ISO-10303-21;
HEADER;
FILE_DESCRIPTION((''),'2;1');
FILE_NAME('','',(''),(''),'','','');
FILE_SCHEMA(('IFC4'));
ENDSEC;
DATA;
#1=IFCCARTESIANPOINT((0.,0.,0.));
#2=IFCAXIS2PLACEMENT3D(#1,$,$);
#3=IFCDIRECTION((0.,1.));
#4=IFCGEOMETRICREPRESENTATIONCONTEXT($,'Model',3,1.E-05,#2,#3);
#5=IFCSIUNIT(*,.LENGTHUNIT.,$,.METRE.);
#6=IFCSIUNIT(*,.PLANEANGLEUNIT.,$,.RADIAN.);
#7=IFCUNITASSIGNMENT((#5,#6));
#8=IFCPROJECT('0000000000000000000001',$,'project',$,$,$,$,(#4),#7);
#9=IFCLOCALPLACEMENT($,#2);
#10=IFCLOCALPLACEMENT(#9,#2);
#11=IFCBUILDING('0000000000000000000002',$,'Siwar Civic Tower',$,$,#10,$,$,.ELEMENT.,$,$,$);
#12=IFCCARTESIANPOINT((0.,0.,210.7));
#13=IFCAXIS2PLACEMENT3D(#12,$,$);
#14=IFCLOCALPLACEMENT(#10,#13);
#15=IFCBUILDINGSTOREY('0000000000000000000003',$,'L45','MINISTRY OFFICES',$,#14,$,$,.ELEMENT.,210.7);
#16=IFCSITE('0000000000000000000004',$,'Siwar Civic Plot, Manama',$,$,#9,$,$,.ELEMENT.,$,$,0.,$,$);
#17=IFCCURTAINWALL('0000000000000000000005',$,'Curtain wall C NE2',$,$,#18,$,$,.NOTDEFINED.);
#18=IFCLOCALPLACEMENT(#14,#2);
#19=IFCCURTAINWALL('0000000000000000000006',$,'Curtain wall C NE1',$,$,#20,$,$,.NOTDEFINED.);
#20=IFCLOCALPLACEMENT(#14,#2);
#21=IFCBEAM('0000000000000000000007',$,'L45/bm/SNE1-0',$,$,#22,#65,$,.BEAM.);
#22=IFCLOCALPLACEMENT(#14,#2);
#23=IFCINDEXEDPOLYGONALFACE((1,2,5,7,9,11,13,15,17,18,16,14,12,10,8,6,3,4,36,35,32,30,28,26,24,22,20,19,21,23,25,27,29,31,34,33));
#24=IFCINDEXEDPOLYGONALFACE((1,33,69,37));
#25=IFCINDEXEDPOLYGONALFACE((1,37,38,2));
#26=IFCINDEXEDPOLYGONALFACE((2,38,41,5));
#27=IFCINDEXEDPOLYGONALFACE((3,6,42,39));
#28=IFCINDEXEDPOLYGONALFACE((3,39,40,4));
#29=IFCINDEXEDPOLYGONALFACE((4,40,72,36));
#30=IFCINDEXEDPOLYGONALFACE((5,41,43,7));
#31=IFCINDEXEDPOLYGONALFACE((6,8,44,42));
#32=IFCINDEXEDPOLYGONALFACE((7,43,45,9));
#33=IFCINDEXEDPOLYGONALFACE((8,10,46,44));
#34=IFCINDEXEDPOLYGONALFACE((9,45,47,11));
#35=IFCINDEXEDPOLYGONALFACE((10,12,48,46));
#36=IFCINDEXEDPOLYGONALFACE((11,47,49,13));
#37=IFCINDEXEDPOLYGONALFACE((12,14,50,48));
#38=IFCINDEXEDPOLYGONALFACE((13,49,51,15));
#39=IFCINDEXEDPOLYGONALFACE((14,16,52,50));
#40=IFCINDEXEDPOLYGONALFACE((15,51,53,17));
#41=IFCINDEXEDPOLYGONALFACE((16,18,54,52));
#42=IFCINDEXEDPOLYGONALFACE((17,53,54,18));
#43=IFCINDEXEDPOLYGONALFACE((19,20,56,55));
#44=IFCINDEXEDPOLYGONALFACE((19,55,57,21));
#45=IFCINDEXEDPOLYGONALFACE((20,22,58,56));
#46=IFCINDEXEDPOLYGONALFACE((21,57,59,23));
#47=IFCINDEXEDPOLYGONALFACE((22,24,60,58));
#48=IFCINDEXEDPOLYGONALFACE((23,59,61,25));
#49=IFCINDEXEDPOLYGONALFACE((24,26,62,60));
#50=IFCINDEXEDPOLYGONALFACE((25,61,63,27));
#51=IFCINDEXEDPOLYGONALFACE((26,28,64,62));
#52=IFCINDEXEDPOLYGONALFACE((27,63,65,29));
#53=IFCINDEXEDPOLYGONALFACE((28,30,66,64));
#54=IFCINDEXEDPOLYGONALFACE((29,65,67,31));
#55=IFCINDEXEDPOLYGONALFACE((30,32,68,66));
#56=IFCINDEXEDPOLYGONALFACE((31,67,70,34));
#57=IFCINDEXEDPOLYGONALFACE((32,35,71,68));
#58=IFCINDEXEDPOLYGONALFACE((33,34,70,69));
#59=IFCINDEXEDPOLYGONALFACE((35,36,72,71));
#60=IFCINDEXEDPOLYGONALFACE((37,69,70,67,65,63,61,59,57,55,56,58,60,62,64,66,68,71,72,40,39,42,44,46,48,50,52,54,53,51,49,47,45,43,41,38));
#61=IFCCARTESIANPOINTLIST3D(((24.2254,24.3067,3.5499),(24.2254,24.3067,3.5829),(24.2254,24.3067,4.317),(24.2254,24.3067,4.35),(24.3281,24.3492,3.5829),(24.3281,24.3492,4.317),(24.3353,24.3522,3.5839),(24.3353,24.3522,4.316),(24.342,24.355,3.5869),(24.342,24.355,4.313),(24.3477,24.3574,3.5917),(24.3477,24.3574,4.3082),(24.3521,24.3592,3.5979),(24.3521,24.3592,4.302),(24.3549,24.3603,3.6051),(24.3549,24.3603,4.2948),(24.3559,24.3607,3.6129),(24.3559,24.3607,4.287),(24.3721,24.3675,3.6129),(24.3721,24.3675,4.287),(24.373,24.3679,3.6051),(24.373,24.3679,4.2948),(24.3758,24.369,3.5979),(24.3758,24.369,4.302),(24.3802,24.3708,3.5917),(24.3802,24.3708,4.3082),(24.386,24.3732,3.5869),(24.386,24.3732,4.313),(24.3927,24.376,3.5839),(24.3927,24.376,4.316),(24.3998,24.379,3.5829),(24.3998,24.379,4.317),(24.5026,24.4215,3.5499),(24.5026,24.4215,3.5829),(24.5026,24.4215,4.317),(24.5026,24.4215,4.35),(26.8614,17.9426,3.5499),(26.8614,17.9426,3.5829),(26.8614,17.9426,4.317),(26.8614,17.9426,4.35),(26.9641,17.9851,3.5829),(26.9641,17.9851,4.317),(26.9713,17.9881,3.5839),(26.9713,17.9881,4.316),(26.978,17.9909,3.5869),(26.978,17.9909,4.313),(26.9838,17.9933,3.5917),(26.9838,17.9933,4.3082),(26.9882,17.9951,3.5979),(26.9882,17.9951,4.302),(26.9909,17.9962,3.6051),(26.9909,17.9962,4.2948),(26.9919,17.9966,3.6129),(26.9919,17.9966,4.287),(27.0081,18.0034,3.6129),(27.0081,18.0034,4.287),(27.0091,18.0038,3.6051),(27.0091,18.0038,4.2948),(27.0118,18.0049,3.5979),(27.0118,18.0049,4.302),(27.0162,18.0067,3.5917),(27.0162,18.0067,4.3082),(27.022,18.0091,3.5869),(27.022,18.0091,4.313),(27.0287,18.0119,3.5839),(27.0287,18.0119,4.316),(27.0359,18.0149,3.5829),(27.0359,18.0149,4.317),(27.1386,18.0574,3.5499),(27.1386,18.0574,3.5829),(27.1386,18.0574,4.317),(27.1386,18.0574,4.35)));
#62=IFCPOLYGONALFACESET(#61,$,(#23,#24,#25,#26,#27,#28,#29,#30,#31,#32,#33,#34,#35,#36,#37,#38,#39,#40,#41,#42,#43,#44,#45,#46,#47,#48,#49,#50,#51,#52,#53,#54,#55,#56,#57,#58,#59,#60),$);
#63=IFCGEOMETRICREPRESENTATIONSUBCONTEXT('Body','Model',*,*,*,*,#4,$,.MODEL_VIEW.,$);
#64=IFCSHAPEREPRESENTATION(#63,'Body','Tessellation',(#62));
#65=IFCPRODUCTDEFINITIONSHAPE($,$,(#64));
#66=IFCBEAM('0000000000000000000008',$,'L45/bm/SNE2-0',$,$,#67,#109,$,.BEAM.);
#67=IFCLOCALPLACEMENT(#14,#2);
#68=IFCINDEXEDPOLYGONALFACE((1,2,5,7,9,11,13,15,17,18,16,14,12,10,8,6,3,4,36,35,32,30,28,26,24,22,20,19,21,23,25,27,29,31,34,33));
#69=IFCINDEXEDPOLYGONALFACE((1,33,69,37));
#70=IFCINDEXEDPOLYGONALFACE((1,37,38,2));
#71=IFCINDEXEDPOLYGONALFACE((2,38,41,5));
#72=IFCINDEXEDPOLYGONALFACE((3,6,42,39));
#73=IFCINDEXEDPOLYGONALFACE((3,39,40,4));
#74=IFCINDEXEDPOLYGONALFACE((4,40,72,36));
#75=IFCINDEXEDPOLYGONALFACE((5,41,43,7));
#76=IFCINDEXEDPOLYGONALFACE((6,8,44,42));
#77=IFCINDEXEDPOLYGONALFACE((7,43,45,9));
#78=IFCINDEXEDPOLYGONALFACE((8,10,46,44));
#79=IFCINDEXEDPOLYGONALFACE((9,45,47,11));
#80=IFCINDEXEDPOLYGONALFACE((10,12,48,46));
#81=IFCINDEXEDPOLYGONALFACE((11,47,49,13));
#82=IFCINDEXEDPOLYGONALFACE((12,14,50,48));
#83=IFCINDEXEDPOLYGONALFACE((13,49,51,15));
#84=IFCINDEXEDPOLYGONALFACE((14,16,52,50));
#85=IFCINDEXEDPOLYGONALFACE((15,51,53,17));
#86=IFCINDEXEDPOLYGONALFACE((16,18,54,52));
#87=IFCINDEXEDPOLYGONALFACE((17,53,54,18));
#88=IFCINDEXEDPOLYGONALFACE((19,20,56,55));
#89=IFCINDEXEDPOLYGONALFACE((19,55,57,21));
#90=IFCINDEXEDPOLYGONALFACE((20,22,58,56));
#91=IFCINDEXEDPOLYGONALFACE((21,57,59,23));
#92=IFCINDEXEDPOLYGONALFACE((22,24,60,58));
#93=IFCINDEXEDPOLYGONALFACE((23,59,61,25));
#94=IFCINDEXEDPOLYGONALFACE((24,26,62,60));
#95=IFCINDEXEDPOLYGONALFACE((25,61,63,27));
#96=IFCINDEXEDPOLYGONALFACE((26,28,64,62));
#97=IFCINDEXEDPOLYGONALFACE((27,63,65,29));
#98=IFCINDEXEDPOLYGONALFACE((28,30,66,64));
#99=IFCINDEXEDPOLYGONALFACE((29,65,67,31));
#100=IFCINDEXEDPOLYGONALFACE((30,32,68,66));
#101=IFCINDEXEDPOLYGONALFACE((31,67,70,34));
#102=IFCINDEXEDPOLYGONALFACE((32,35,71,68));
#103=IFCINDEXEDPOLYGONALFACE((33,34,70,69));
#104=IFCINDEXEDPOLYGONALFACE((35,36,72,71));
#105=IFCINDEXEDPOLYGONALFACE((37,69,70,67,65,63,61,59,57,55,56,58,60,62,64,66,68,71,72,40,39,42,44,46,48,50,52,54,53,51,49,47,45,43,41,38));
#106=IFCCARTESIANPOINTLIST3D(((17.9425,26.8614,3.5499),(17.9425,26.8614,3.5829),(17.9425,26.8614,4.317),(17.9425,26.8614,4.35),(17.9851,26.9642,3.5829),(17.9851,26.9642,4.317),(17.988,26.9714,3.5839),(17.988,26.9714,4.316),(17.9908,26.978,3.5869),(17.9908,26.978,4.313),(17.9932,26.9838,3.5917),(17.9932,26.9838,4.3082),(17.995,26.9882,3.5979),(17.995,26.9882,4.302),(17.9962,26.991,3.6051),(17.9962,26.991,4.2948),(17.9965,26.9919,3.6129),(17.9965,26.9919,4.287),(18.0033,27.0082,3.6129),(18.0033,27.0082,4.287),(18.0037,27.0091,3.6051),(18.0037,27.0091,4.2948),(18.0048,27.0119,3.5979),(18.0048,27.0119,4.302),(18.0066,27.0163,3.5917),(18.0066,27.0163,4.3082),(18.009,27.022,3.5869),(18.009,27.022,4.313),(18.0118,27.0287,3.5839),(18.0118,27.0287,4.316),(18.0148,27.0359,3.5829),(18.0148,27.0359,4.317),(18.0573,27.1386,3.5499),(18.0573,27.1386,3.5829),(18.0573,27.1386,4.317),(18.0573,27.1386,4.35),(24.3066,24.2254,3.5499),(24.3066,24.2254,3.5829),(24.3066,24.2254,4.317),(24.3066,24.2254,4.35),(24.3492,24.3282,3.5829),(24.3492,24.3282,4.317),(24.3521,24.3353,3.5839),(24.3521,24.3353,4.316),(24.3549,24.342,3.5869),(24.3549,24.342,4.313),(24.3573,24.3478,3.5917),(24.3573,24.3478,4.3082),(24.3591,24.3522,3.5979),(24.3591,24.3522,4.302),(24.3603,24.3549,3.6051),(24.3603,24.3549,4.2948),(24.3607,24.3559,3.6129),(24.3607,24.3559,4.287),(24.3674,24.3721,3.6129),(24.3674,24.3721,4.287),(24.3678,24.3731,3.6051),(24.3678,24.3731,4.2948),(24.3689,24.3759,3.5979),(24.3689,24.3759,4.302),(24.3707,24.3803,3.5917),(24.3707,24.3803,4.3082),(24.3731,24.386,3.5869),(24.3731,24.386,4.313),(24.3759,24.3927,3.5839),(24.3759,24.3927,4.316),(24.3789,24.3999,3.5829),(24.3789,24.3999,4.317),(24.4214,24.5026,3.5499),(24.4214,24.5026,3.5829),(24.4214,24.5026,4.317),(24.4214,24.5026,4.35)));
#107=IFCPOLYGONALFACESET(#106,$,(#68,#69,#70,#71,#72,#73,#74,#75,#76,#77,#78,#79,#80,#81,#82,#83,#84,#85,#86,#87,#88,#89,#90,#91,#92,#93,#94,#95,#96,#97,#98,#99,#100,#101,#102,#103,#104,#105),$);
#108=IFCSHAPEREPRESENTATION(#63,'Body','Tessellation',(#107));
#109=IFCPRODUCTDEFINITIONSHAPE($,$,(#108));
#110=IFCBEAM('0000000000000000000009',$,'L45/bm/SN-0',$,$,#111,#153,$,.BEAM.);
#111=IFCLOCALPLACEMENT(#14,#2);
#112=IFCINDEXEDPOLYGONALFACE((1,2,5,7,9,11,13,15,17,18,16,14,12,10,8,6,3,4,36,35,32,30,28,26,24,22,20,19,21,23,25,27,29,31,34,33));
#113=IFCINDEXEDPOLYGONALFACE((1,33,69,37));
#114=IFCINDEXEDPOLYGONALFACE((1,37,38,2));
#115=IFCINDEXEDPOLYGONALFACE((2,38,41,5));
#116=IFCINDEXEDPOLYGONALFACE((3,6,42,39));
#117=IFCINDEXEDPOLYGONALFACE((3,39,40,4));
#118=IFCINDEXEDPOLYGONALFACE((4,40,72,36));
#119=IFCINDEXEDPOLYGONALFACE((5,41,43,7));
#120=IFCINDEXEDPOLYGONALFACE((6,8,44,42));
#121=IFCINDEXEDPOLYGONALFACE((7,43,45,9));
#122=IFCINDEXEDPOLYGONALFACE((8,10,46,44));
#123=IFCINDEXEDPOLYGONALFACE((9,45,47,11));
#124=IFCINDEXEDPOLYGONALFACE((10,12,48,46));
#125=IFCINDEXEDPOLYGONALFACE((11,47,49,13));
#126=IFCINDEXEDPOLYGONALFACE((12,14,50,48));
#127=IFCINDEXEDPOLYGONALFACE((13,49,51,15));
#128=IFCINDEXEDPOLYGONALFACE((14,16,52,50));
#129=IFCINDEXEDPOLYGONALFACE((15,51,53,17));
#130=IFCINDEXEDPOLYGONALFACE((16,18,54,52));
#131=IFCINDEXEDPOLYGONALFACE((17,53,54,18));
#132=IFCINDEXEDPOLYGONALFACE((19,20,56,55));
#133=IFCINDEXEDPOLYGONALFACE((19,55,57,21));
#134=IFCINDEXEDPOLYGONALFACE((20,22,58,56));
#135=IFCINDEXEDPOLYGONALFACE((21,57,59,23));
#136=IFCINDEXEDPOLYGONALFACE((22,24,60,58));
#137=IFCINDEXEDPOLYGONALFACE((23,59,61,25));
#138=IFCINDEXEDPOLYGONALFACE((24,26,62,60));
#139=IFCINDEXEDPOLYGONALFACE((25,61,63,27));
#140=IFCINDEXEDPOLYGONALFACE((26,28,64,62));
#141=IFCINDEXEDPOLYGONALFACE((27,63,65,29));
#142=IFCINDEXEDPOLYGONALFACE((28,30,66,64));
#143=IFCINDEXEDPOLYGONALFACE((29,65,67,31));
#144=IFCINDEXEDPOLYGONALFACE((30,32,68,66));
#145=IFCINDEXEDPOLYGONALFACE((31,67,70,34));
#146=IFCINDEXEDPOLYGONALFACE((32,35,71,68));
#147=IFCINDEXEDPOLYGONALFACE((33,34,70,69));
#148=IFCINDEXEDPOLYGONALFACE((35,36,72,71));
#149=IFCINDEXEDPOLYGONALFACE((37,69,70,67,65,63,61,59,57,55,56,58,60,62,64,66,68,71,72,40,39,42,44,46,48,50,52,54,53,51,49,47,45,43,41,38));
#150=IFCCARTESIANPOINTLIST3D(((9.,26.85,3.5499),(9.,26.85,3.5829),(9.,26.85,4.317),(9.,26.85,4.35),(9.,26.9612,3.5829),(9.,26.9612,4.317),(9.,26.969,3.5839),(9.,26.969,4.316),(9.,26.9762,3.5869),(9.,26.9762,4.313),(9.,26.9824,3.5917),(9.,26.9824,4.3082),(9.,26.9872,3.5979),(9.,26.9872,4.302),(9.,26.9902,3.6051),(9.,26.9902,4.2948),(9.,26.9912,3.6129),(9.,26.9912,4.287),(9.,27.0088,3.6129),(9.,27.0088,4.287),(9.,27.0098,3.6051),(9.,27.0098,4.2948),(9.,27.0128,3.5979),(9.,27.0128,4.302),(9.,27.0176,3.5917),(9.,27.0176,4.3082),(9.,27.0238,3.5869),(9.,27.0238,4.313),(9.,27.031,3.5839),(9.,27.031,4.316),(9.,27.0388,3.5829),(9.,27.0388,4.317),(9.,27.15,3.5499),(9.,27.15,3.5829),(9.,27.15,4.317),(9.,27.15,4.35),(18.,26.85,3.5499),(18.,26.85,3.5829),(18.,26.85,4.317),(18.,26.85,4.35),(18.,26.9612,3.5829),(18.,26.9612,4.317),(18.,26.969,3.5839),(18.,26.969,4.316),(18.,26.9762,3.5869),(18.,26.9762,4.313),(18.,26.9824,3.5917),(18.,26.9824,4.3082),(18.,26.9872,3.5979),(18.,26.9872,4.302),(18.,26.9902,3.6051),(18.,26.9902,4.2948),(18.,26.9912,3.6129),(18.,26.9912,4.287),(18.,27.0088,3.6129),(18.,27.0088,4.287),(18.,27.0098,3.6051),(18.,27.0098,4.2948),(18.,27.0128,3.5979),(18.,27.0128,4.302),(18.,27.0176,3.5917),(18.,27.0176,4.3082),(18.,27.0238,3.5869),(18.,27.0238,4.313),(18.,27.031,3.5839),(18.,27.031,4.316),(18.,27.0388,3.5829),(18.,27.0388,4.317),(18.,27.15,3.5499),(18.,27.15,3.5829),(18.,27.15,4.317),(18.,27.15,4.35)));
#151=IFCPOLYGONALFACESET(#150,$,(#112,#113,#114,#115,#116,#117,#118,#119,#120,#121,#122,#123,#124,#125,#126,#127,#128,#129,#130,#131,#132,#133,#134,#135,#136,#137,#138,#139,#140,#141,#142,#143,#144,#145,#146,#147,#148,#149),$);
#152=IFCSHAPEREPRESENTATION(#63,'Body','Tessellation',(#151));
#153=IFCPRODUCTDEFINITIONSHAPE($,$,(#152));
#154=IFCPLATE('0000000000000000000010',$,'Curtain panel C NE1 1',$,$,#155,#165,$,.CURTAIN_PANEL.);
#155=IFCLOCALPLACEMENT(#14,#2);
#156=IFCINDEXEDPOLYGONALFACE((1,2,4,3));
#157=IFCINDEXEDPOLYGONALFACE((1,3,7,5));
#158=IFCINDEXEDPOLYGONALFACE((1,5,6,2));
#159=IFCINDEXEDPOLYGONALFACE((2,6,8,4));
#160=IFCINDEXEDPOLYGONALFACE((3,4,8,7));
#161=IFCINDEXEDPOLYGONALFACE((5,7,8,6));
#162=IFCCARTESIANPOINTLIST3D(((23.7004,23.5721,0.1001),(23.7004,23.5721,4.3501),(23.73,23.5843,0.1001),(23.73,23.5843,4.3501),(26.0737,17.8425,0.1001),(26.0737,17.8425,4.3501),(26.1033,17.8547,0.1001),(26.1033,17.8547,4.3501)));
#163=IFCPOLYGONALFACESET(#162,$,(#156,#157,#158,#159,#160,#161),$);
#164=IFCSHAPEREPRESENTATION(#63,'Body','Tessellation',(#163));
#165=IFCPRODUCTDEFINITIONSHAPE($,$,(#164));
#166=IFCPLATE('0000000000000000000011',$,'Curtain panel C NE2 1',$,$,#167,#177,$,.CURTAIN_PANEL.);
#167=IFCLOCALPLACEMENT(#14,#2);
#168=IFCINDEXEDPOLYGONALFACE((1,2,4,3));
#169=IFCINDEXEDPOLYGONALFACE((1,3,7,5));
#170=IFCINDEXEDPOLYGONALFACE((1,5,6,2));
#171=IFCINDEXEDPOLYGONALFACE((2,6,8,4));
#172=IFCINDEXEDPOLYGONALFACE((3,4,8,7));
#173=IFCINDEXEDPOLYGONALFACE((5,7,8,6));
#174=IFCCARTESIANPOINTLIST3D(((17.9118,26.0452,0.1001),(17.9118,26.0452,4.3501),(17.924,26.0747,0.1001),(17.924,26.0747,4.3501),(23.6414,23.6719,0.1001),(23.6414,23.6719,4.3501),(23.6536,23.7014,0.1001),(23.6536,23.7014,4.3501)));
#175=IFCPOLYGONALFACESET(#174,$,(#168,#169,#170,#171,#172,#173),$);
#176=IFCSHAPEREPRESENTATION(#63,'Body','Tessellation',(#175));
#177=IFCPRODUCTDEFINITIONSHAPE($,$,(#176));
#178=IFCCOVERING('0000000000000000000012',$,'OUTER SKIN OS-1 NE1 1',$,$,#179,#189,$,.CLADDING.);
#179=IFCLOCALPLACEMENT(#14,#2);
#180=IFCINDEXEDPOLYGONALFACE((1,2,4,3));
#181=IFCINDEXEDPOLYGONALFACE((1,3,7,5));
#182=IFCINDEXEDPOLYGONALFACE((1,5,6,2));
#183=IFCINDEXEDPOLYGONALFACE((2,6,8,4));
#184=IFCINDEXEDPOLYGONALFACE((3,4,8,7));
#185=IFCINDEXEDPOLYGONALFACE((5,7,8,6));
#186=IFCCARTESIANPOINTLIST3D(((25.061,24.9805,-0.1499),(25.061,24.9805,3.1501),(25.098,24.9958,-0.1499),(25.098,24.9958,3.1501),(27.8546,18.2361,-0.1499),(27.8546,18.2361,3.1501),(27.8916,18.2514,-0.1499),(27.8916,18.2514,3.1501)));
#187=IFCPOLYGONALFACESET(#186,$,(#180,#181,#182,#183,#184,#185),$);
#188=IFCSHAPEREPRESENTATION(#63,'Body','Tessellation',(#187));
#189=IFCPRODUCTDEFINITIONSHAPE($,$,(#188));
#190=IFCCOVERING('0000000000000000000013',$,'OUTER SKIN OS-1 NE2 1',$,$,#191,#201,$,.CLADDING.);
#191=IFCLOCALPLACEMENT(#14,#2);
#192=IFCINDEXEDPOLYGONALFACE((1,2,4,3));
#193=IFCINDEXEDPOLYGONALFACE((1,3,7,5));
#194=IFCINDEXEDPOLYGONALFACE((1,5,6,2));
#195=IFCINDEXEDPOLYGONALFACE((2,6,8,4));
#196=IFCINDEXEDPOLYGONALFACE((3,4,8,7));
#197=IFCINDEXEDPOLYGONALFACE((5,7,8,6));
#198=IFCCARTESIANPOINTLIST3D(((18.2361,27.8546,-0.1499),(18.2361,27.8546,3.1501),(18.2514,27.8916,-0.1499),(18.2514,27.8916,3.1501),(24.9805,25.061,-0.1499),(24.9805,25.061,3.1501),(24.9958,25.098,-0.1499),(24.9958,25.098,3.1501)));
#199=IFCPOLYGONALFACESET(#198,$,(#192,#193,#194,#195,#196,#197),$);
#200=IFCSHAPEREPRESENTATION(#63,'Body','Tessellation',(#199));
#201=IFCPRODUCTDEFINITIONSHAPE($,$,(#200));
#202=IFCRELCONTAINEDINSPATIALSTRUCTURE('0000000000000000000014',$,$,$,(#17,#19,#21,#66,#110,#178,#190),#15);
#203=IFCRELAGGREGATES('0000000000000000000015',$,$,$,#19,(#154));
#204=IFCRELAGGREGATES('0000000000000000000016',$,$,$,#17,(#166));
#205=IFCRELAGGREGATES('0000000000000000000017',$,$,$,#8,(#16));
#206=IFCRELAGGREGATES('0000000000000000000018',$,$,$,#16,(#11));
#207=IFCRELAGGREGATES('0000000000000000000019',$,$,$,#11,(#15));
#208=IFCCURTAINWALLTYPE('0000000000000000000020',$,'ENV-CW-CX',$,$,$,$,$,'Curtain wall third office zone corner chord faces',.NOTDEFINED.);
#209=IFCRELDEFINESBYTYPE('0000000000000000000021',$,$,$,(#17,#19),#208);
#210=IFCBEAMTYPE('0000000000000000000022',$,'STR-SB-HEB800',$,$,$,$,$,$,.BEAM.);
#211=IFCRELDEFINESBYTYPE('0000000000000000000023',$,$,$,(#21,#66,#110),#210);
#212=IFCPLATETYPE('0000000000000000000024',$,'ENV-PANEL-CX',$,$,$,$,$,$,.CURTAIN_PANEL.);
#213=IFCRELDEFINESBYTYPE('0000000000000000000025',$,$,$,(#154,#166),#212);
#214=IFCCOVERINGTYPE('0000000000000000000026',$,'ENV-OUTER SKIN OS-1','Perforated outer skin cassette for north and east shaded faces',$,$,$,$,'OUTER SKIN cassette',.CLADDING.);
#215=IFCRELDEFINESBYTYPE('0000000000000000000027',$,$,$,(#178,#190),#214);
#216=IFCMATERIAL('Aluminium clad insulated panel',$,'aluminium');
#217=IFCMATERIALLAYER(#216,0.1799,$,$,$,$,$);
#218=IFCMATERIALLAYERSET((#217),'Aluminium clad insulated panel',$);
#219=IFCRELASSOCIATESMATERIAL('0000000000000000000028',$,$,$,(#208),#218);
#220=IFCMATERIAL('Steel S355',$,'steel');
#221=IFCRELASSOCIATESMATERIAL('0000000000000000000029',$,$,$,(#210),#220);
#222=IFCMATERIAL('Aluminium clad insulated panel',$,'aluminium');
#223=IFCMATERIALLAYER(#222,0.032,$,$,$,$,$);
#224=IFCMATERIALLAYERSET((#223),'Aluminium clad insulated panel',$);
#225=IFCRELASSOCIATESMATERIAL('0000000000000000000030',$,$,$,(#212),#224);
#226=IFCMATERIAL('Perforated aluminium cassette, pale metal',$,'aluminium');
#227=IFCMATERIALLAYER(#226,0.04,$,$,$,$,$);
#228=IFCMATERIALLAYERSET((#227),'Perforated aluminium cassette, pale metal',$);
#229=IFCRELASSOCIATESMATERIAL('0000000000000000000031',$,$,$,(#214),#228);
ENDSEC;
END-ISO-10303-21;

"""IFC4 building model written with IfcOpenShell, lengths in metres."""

from ifc_helpers import new_model, si_unit, direction, frame, origin, origin_2d, place, context, subcontext, project, spatial, rectangle, i_section, extrude, material, layer, layer_set, material_profile, profile_set, type_object, element, aggregate, save


model = new_model("IFC4")

# Units and contexts
model_context = context("Model", 3, precision=1e-05, world=origin(), true_north=direction((0.0, 1.0)))
body_context = subcontext(model_context, "Body", "Model", "MODEL_VIEW")
ifc_project = project(units=[si_unit("LENGTHUNIT", "METRE"), si_unit("PLANEANGLEUNIT", "RADIAN")], contexts=[model_context])

# Site, building, storey
site_placement = place(None, origin())
site = spatial("IfcSite", under=ifc_project, at=site_placement, Name="Siwar Civic Plot, Manama", CompositionType="ELEMENT", RefElevation=0.0)
building_placement = place(site_placement, origin())
building = spatial("IfcBuilding", under=site, at=building_placement, Name="Siwar Civic Tower", CompositionType="ELEMENT")
storey_placement = place(building_placement, frame((0.0, 0.0, 210.7)))
storey = spatial("IfcBuildingStorey", under=building, at=storey_placement, Name="L45", Description="MINISTRY OFFICES", CompositionType="ELEMENT", Elevation=210.7)

# Curtain walls
ifc_material_1 = material(Name="Aluminium clad insulated panel", Category="aluminium")
ifc_layer_1 = layer(ifc_material_1, 0.1799)
ifc_layer_set_1 = layer_set([ifc_layer_1], Name="Aluminium clad insulated panel")
curtain_wall_type_1 = type_object("IfcCurtainWallType", Name="ENV-CW-CX", ElementType="Curtain wall third office zone corner chord faces", PredefinedType="NOTDEFINED", material=ifc_layer_set_1)
curtain_wall_1_placement = place(storey_placement, origin())
curtain_wall_1 = element("IfcCurtainWall", 1, at=curtain_wall_1_placement, inside=storey, type_object=curtain_wall_type_1, Name="Curtain wall C NE2", PredefinedType="NOTDEFINED")
curtain_wall_2_placement = place(storey_placement, origin())
curtain_wall_2 = element("IfcCurtainWall", 2, at=curtain_wall_2_placement, inside=storey, type_object=curtain_wall_type_1, Name="Curtain wall C NE1", PredefinedType="NOTDEFINED")

# Beams
ifc_material_2 = material(Name="Steel S355", Category="steel")
ifc_material_profile_1 = material_profile(ifc_material_2, i_section(OverallWidth=0.3, OverallDepth=0.8, WebThickness=0.0176, FlangeThickness=0.033, FilletRadius=0.03, at=origin_2d()), Name="HEB800")
ifc_profile_set_1 = profile_set([ifc_material_profile_1], Name="Steel S355")
beam_type_1 = type_object("IfcBeamType", Name="STR-SB-HEB800", PredefinedType="BEAM", material=ifc_profile_set_1)
for number, where, z_axis, x_axis, name in (
    (3, (27.0, 18.0, 3.95), (-0.382674, 0.923883, 0.0), (-0.923883, -0.382674, 0.0), "L45/bm/SNE1-0"),
    (4, (24.364, 24.364, 3.95), (-0.923883, 0.382674, 0.0), (-0.382674, -0.923883, 0.0), "L45/bm/SNE2-0"),
):
    element("IfcBeam", number, at=place(storey_placement, frame(where, z_axis=z_axis, x_axis=x_axis)), inside=storey, type_object=beam_type_1, Name=name, PredefinedType="BEAM", context=body_context, shape_type="SweptSolid", body=[
        extrude(i_section(OverallWidth=0.3, OverallDepth=0.8, WebThickness=0.0176, FlangeThickness=0.033, FilletRadius=0.03, at=origin_2d()), origin(), (0.0, 0.0, 1.0), 6.8884),
    ])
beam_1_placement = place(storey_placement, frame((18.0, 27.0, 3.95), z_axis=(-1.0, 0.0, 0.0), x_axis=(0.0, -1.0, 0.0)))
element("IfcBeam", 5, at=beam_1_placement, inside=storey, type_object=beam_type_1, Name="L45/bm/SN-0", PredefinedType="BEAM", context=body_context, shape_type="SweptSolid", body=[
    extrude(i_section(OverallWidth=0.3, OverallDepth=0.8, WebThickness=0.0176, FlangeThickness=0.033, FilletRadius=0.03, at=origin_2d()), origin(), (0.0, 0.0, 1.0), 9.0),
])

# Plates
ifc_material_3 = material(Name="Aluminium clad insulated panel", Category="aluminium")
ifc_layer_2 = layer(ifc_material_3, 0.032)
ifc_layer_set_2 = layer_set([ifc_layer_2], Name="Aluminium clad insulated panel")
plate_type = type_object("IfcPlateType", Name="ENV-PANEL-CX", PredefinedType="CURTAIN_PANEL", material=ifc_layer_set_2)
plate_1_placement = place(storey_placement, frame((24.9019, 20.7134, 0.1001), z_axis=(0.0, 0.0, 1.0), x_axis=(-0.382683, 0.92388, 0.0)))
plate_1 = element("IfcPlate", 6, at=plate_1_placement, type_object=plate_type, Name="Curtain panel C NE1 1", PredefinedType="CURTAIN_PANEL", context=body_context, shape_type="SweptSolid", body=[
    extrude(rectangle(XDim=6.2017, YDim=0.032, at=origin_2d()), origin(), (0.0, 0.0, 1.0), 4.25),
])
aggregate(curtain_wall_2, [plate_1])
plate_2_placement = place(storey_placement, frame((20.7827, 24.8733, 0.1001), z_axis=(0.0, 0.0, 1.0), x_axis=(-0.92388, 0.382683, 0.0)))
plate_2 = element("IfcPlate", 7, at=plate_2_placement, type_object=plate_type, Name="Curtain panel C NE2 1", PredefinedType="CURTAIN_PANEL", context=body_context, shape_type="SweptSolid", body=[
    extrude(rectangle(XDim=6.2017, YDim=0.032, at=origin_2d()), origin(), (0.0, 0.0, 1.0), 4.25),
])
aggregate(curtain_wall_1, [plate_2])

# Coverings
ifc_material_4 = material(Name="Perforated aluminium cassette, pale metal", Category="aluminium")
ifc_layer_3 = layer(ifc_material_4, 0.04)
ifc_layer_set_3 = layer_set([ifc_layer_3], Name="Perforated aluminium cassette, pale metal")
covering_type = type_object("IfcCoveringType", Name="ENV-OUTER SKIN OS-1", Description="Perforated outer skin cassette for north and east shaded faces", ElementType="OUTER SKIN cassette", PredefinedType="CLADDING", material=ifc_layer_set_3)
for number, where, z_axis, x_axis, name in (
    (8, (26.4763, 21.616, -0.1499), (0.0, 0.0, 1.0), (-0.382683, 0.92388, 0.0), "OUTER SKIN OS-1 NE1 1"),
    (9, (21.616, 26.4763, -0.1499), (0.0, 0.0, 1.0), (-0.92388, 0.382683, 0.0), "OUTER SKIN OS-1 NE2 1"),
):
    element("IfcCovering", number, at=place(storey_placement, frame(where, z_axis=z_axis, x_axis=x_axis)), inside=storey, type_object=covering_type, Name=name, PredefinedType="CLADDING", context=body_context, shape_type="SweptSolid", body=[
        extrude(rectangle(XDim=7.3, YDim=0.04, at=origin_2d()), origin(), (0.0, 0.0, 1.0), 3.3),
    ])

save(model, "model.ifc")
